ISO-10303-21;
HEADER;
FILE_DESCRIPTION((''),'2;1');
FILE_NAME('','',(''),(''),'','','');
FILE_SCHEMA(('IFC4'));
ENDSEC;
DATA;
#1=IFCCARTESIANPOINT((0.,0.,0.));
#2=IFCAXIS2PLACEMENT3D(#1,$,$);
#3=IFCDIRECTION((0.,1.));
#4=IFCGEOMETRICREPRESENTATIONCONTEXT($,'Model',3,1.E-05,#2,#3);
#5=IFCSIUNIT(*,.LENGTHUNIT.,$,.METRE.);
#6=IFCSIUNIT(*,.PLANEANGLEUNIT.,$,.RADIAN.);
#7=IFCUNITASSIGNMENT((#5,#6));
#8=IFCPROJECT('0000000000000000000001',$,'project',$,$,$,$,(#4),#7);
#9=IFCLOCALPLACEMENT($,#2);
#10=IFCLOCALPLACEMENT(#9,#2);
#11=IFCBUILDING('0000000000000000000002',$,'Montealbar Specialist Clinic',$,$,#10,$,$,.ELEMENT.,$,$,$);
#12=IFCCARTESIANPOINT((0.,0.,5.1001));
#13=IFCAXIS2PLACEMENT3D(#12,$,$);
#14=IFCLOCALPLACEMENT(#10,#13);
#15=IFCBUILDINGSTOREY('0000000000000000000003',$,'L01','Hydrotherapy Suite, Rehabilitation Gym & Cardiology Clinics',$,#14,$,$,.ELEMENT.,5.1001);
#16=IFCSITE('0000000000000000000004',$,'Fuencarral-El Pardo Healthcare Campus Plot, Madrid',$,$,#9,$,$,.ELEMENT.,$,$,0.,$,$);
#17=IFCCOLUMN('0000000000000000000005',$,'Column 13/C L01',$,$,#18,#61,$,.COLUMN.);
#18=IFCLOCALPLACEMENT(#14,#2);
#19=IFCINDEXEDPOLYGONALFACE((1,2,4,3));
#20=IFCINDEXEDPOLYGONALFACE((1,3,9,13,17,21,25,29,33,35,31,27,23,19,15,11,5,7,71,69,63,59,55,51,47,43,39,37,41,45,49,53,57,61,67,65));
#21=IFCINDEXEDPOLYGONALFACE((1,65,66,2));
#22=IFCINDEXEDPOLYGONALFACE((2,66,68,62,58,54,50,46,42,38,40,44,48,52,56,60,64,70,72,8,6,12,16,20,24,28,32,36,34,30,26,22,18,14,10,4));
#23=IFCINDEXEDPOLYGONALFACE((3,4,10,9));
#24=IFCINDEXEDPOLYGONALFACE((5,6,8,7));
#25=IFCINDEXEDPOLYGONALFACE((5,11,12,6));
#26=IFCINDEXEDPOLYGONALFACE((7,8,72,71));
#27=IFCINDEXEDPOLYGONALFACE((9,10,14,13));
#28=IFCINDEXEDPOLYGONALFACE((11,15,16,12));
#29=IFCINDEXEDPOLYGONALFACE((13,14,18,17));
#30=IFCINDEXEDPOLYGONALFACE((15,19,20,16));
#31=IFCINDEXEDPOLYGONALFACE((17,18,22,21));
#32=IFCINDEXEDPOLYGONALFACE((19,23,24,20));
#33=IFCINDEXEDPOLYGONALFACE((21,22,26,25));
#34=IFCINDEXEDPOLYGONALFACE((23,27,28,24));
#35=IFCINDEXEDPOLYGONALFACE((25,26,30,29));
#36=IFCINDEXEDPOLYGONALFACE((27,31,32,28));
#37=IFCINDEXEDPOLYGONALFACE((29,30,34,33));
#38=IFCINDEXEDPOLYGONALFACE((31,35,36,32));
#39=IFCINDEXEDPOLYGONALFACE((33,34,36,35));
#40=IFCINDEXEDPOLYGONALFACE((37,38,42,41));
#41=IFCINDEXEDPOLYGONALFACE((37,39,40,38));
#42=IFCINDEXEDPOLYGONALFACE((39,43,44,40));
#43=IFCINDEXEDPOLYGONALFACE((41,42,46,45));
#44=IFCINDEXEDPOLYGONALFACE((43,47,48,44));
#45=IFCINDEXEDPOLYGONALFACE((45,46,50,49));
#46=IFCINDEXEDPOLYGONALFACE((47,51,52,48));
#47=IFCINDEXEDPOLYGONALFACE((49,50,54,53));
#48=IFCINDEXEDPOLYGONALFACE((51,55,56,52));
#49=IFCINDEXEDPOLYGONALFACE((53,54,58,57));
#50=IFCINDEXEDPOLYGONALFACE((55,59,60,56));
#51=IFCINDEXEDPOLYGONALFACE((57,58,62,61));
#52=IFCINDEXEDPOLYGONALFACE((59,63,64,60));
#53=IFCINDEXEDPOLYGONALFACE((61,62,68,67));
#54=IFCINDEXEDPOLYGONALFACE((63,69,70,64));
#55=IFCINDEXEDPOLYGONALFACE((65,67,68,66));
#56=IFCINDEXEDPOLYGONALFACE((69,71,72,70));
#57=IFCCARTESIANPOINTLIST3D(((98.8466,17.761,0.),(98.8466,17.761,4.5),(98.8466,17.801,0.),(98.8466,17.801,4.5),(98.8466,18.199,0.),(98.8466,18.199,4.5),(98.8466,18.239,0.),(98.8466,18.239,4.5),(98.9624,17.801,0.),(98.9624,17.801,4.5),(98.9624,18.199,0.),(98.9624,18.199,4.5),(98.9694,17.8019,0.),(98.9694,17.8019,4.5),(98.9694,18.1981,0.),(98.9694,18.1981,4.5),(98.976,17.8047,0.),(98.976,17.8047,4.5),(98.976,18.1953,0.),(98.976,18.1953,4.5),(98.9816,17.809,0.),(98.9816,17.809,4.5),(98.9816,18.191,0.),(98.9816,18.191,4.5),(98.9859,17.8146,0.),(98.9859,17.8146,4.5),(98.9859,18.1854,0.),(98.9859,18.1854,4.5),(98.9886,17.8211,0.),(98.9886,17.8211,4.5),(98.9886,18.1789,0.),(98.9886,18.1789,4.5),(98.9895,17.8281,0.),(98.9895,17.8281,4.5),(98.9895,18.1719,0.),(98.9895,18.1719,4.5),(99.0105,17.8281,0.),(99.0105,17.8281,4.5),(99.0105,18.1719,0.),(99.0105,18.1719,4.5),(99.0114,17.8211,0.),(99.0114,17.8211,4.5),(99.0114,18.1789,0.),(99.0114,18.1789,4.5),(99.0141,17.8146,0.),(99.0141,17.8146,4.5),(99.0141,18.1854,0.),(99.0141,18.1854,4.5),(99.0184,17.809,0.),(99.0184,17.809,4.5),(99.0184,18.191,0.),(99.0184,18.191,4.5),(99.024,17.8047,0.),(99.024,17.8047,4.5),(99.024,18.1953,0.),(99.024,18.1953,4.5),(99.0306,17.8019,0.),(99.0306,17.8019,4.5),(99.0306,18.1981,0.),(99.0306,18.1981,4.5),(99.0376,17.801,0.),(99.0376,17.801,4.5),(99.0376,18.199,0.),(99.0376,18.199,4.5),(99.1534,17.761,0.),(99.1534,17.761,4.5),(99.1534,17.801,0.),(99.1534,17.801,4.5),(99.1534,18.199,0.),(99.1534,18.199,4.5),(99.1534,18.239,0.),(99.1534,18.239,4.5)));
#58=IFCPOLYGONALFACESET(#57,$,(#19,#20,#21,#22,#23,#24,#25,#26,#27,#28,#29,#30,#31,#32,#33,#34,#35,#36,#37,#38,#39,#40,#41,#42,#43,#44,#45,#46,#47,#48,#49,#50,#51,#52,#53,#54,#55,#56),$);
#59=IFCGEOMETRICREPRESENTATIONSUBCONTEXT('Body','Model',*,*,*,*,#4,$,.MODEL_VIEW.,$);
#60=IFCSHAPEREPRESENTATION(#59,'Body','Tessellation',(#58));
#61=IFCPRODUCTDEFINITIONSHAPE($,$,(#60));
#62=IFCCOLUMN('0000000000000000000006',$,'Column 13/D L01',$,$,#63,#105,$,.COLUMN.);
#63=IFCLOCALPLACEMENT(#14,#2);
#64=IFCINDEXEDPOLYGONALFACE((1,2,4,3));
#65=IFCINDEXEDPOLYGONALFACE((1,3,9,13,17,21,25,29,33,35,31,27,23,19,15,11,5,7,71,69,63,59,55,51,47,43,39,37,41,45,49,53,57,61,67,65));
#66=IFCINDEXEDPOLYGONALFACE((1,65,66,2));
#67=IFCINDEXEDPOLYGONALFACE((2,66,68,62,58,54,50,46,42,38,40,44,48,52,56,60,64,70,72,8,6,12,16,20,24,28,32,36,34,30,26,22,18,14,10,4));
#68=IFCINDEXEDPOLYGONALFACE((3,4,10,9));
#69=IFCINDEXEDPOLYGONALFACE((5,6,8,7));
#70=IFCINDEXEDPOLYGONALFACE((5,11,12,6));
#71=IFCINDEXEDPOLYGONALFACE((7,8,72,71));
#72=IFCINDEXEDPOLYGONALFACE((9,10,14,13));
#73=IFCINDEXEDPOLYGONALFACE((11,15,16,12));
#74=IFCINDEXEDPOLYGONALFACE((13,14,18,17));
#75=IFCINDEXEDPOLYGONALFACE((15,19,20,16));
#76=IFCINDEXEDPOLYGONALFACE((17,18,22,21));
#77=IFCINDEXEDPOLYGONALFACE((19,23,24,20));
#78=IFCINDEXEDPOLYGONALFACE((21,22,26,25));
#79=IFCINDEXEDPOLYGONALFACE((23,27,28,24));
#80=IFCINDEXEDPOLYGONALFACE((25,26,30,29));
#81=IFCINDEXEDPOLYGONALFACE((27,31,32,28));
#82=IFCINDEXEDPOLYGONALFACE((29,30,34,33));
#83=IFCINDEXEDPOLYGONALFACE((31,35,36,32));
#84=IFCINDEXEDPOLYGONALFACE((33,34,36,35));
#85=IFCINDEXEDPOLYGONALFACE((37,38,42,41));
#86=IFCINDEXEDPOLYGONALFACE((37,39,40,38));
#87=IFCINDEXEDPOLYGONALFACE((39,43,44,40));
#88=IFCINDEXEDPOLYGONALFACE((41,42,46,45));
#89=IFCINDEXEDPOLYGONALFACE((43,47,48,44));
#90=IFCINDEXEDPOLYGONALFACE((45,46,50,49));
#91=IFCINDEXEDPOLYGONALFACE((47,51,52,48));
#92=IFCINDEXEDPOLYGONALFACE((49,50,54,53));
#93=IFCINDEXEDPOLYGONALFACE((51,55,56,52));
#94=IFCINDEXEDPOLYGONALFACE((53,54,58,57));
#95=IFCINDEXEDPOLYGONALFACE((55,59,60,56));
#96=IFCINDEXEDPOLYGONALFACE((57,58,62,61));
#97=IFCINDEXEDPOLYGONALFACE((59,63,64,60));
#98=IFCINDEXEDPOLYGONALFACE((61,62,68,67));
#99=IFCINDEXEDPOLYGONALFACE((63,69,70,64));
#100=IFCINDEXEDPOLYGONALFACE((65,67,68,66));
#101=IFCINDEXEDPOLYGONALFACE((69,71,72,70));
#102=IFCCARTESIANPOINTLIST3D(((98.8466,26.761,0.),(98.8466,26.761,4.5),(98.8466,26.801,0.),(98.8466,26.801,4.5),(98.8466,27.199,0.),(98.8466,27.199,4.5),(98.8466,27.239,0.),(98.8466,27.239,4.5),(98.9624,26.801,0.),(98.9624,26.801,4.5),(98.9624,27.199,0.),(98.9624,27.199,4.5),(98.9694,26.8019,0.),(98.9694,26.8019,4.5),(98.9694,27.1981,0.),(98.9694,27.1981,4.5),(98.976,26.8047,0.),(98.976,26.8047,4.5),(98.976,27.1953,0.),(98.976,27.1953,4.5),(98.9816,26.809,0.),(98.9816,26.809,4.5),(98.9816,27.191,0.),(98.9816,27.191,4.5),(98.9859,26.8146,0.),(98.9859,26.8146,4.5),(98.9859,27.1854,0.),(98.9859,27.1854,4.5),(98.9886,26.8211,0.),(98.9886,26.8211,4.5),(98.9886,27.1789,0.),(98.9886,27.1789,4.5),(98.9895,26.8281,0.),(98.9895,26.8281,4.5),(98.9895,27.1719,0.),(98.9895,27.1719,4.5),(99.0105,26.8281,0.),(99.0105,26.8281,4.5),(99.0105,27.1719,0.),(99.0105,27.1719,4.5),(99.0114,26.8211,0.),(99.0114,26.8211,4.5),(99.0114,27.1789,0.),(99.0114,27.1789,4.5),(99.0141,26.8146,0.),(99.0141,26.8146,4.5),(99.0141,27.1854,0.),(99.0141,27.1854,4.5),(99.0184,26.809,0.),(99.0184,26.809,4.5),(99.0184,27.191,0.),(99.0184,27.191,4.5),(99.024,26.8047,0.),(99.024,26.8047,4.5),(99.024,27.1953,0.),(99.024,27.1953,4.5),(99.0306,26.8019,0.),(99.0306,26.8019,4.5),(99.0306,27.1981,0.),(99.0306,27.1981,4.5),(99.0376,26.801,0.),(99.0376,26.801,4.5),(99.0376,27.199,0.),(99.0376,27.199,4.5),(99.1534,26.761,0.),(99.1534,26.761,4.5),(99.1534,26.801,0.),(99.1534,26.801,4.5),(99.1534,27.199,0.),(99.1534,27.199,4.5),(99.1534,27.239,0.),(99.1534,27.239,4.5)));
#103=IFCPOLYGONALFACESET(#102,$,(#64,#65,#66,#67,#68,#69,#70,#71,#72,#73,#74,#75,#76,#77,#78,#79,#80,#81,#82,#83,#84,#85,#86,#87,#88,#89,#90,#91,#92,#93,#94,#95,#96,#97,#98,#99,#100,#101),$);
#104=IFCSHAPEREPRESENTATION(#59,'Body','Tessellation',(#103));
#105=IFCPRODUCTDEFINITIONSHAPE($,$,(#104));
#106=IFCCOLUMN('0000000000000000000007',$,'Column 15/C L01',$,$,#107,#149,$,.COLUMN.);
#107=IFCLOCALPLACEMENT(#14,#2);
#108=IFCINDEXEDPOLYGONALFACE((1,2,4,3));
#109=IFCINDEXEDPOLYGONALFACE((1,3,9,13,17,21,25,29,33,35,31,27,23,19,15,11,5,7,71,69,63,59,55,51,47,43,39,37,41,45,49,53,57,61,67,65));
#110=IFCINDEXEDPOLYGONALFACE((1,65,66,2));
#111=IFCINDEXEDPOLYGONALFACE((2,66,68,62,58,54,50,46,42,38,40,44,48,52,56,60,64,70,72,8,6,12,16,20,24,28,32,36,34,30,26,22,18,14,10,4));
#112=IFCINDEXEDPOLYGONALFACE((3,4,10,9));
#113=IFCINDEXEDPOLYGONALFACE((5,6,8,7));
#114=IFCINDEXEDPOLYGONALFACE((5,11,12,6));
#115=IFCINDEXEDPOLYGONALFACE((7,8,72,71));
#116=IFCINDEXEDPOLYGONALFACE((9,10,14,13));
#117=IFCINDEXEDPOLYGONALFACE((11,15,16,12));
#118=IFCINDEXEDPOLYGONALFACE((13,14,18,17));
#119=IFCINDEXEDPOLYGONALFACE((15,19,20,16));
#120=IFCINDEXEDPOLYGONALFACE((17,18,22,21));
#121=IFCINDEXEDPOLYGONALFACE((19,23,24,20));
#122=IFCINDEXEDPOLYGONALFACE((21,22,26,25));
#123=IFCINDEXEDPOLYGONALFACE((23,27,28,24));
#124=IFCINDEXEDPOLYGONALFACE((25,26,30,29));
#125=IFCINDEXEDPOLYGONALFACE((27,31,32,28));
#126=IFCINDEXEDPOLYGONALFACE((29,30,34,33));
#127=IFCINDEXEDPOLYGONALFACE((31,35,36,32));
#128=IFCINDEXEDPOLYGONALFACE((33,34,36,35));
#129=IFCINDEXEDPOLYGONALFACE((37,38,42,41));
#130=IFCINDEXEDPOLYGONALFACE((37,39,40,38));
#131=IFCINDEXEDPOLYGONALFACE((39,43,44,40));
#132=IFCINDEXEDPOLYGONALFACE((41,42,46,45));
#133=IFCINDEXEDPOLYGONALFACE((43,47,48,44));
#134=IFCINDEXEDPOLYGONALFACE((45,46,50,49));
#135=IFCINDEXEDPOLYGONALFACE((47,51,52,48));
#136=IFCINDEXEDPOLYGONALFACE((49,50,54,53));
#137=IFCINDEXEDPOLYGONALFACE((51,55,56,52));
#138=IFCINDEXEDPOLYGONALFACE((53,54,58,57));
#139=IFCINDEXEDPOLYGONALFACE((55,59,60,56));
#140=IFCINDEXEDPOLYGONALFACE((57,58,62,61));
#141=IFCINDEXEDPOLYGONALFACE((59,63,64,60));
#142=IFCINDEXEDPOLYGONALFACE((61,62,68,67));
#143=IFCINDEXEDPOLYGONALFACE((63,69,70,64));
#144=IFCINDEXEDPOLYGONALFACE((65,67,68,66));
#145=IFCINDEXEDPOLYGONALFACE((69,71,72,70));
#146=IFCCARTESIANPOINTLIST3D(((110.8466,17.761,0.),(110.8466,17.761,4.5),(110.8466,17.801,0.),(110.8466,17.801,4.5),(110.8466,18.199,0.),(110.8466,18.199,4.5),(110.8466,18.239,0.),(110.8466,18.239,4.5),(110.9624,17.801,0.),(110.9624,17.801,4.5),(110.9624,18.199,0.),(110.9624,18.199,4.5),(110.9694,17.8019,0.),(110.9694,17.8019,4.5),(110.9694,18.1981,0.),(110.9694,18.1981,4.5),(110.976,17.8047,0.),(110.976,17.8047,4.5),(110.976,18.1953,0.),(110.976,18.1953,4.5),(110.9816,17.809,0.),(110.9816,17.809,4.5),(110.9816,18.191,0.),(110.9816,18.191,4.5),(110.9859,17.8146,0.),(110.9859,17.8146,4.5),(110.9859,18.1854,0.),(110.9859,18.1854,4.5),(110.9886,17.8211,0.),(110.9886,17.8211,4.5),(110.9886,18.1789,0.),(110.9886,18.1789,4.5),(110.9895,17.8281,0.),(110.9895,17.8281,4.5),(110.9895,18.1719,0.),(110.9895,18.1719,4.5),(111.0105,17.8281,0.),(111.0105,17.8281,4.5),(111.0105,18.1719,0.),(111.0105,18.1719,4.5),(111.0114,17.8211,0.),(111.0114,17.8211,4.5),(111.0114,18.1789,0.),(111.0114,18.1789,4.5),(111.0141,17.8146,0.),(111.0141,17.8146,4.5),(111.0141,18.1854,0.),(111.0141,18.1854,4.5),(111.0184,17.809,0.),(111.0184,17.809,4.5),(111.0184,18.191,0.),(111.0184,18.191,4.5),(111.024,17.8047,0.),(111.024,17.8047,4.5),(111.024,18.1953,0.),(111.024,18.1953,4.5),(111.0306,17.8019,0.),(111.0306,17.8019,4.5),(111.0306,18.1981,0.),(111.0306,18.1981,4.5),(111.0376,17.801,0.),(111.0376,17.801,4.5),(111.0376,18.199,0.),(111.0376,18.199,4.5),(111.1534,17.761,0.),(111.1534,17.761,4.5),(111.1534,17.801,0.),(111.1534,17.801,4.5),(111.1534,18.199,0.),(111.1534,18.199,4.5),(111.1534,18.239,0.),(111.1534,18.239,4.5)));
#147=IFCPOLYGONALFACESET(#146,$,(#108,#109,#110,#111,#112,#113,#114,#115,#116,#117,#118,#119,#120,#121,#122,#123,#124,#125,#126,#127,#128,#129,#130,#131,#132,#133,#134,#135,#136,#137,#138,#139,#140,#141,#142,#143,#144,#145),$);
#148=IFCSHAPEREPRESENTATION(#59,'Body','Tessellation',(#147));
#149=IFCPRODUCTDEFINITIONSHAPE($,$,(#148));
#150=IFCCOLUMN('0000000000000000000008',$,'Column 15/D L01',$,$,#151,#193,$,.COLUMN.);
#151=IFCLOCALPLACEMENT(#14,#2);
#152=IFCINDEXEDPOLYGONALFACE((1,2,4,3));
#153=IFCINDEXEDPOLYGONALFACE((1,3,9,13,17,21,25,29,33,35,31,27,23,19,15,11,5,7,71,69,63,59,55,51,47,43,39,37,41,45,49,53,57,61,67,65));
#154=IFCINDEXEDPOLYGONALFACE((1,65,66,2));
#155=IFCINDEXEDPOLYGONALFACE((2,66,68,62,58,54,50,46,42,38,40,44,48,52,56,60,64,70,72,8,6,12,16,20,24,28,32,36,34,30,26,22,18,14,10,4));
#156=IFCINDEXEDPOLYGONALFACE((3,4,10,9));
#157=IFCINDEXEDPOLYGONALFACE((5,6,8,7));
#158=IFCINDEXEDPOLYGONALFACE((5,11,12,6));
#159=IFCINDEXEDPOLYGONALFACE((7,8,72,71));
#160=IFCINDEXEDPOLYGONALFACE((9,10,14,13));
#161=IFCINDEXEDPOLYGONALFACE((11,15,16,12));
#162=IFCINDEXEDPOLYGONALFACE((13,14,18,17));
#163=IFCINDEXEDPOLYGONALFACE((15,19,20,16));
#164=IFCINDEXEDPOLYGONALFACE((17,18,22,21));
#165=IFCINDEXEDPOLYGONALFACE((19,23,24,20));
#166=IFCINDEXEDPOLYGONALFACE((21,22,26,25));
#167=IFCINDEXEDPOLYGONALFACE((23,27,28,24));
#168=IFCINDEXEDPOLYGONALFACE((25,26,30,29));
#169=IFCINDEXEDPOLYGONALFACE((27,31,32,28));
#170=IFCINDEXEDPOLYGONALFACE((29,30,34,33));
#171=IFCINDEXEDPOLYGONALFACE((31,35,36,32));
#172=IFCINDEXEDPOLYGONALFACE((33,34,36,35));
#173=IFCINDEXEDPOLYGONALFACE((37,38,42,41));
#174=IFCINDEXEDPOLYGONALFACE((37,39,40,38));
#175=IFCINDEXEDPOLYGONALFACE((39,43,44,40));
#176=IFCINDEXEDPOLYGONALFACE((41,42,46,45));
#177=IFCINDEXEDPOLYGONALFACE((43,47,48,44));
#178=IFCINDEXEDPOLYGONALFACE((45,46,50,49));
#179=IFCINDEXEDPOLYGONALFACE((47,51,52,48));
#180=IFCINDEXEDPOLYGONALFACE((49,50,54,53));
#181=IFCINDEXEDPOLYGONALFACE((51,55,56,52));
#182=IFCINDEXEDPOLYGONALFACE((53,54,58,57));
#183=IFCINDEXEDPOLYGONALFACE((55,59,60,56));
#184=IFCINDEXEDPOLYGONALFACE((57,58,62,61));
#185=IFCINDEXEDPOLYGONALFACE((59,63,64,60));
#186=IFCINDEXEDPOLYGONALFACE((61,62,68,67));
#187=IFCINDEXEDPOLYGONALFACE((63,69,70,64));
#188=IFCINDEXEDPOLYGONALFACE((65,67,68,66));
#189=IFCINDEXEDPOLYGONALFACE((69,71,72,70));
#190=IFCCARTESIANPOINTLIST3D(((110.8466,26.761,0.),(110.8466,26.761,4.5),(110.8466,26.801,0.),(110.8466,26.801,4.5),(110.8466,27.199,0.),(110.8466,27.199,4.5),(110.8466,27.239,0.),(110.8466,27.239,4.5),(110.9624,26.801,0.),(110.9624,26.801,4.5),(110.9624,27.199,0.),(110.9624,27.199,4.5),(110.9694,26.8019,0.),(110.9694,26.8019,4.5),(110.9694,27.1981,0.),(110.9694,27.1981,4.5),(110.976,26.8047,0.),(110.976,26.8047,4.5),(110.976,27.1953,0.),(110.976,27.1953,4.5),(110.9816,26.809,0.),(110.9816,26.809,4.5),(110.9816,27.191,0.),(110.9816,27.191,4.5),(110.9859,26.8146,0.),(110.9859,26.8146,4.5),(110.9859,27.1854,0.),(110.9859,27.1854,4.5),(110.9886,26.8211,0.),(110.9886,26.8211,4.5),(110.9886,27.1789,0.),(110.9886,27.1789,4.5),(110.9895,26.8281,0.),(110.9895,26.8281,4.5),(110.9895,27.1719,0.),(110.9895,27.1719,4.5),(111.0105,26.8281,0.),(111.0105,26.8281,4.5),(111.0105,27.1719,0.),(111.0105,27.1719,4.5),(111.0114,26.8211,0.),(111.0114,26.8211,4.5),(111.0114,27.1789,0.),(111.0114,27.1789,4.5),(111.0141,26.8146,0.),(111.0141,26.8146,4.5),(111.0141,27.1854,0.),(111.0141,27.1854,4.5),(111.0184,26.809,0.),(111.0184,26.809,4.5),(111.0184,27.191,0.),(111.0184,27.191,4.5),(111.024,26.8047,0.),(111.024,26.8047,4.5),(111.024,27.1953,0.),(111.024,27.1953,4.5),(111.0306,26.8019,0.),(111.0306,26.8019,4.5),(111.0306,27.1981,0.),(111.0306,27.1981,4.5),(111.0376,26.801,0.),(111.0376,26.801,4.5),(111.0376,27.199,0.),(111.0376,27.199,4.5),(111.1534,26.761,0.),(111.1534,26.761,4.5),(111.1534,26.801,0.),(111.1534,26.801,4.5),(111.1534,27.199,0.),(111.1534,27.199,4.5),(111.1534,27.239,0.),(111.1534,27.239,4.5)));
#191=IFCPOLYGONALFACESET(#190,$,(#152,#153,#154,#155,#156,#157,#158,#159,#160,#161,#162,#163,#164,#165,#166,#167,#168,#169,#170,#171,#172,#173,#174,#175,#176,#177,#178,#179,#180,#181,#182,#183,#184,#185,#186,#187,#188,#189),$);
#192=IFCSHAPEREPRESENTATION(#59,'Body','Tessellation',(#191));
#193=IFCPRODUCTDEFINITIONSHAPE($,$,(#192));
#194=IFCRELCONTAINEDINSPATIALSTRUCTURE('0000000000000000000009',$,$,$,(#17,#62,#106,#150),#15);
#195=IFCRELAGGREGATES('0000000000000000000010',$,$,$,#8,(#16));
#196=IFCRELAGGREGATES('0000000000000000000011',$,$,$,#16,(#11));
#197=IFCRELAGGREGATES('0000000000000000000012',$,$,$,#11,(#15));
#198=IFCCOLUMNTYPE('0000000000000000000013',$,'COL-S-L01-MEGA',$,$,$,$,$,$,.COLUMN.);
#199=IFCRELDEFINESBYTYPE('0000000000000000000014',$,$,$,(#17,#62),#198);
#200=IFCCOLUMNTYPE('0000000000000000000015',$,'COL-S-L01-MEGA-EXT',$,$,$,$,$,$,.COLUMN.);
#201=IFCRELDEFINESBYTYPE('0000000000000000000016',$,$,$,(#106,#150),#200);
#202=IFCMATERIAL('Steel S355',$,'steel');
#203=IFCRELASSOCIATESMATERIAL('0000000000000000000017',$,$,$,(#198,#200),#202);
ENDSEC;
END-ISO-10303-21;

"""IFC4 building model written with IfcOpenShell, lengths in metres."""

from ifc_helpers import new_model, si_unit, direction, frame, origin, origin_2d, place, context, subcontext, project, spatial, i_section, extrude, material, material_profile, profile_set, type_object, element, save


model = new_model("IFC4")

# Units and contexts
model_context = context("Model", 3, precision=1e-05, world=origin(), true_north=direction((0.0, 1.0)))
body_context = subcontext(model_context, "Body", "Model", "MODEL_VIEW")
ifc_project = project(units=[si_unit("LENGTHUNIT", "METRE"), si_unit("PLANEANGLEUNIT", "RADIAN")], contexts=[model_context])

# Site, building, storey
site_placement = place(None, origin())
site = spatial("IfcSite", under=ifc_project, at=site_placement, Name="Fuencarral-El Pardo Healthcare Campus Plot, Madrid", CompositionType="ELEMENT", RefElevation=0.0)
building_placement = place(site_placement, origin())
building = spatial("IfcBuilding", under=site, at=building_placement, Name="Montealbar Specialist Clinic", CompositionType="ELEMENT")
storey_placement = place(building_placement, frame((0.0, 0.0, 5.1001)))
storey = spatial("IfcBuildingStorey", under=building, at=storey_placement, Name="L01", Description="Hydrotherapy Suite, Rehabilitation Gym & Cardiology Clinics", CompositionType="ELEMENT", Elevation=5.1001)

# Columns
ifc_material_1 = material(Name="Steel S355", Category="steel")
ifc_material_profile_1 = material_profile(ifc_material_1, i_section(OverallWidth=0.3069, OverallDepth=0.478, WebThickness=0.021, FlangeThickness=0.04, FilletRadius=0.0271, at=origin_2d()), Name="HEM 450", Category="steel")
ifc_profile_set_1 = profile_set([ifc_material_profile_1], Name="Steel S355")
column_type_1 = type_object("IfcColumnType", Name="COL-S-L01-MEGA", PredefinedType="COLUMN", material=ifc_profile_set_1)
for number, where, z_axis, x_axis, name in (
    (1, (99.0, 18.0, 0.0), (0.0, 0.0, 1.0), (1.0, 0.0, 0.0), "Column 13/C L01"),
    (2, (99.0, 27.0, 0.0), (0.0, 0.0, 1.0), (1.0, 0.0, 0.0), "Column 13/D L01"),
):
    element("IfcColumn", number, at=place(storey_placement, frame(where, z_axis=z_axis, x_axis=x_axis)), inside=storey, type_object=column_type_1, Name=name, PredefinedType="COLUMN", context=body_context, shape_type="SweptSolid", body=[
        extrude(i_section(OverallWidth=0.3069, OverallDepth=0.478, WebThickness=0.021, FlangeThickness=0.04, FilletRadius=0.0271, at=origin_2d()), origin(), (0.0, 0.0, 1.0), 4.5),
    ])
ifc_material_profile_2 = material_profile(ifc_material_1, i_section(OverallWidth=0.3069, OverallDepth=0.478, WebThickness=0.021, FlangeThickness=0.04, FilletRadius=0.0271, at=origin_2d()), Name="HEM 450", Category="steel")
ifc_profile_set_2 = profile_set([ifc_material_profile_2], Name="Steel S355")
column_type_2 = type_object("IfcColumnType", Name="COL-S-L01-MEGA-EXT", PredefinedType="COLUMN", material=ifc_profile_set_2)
for number, where, z_axis, x_axis, name in (
    (3, (111.0, 18.0, 0.0), (0.0, 0.0, 1.0), (1.0, 0.0, 0.0), "Column 15/C L01"),
    (4, (111.0, 27.0, 0.0), (0.0, 0.0, 1.0), (1.0, 0.0, 0.0), "Column 15/D L01"),
):
    element("IfcColumn", number, at=place(storey_placement, frame(where, z_axis=z_axis, x_axis=x_axis)), inside=storey, type_object=column_type_2, Name=name, PredefinedType="COLUMN", context=body_context, shape_type="SweptSolid", body=[
        extrude(i_section(OverallWidth=0.3069, OverallDepth=0.478, WebThickness=0.021, FlangeThickness=0.04, FilletRadius=0.0271, at=origin_2d()), origin(), (0.0, 0.0, 1.0), 4.5),
    ])

save(model, "model.ifc")
